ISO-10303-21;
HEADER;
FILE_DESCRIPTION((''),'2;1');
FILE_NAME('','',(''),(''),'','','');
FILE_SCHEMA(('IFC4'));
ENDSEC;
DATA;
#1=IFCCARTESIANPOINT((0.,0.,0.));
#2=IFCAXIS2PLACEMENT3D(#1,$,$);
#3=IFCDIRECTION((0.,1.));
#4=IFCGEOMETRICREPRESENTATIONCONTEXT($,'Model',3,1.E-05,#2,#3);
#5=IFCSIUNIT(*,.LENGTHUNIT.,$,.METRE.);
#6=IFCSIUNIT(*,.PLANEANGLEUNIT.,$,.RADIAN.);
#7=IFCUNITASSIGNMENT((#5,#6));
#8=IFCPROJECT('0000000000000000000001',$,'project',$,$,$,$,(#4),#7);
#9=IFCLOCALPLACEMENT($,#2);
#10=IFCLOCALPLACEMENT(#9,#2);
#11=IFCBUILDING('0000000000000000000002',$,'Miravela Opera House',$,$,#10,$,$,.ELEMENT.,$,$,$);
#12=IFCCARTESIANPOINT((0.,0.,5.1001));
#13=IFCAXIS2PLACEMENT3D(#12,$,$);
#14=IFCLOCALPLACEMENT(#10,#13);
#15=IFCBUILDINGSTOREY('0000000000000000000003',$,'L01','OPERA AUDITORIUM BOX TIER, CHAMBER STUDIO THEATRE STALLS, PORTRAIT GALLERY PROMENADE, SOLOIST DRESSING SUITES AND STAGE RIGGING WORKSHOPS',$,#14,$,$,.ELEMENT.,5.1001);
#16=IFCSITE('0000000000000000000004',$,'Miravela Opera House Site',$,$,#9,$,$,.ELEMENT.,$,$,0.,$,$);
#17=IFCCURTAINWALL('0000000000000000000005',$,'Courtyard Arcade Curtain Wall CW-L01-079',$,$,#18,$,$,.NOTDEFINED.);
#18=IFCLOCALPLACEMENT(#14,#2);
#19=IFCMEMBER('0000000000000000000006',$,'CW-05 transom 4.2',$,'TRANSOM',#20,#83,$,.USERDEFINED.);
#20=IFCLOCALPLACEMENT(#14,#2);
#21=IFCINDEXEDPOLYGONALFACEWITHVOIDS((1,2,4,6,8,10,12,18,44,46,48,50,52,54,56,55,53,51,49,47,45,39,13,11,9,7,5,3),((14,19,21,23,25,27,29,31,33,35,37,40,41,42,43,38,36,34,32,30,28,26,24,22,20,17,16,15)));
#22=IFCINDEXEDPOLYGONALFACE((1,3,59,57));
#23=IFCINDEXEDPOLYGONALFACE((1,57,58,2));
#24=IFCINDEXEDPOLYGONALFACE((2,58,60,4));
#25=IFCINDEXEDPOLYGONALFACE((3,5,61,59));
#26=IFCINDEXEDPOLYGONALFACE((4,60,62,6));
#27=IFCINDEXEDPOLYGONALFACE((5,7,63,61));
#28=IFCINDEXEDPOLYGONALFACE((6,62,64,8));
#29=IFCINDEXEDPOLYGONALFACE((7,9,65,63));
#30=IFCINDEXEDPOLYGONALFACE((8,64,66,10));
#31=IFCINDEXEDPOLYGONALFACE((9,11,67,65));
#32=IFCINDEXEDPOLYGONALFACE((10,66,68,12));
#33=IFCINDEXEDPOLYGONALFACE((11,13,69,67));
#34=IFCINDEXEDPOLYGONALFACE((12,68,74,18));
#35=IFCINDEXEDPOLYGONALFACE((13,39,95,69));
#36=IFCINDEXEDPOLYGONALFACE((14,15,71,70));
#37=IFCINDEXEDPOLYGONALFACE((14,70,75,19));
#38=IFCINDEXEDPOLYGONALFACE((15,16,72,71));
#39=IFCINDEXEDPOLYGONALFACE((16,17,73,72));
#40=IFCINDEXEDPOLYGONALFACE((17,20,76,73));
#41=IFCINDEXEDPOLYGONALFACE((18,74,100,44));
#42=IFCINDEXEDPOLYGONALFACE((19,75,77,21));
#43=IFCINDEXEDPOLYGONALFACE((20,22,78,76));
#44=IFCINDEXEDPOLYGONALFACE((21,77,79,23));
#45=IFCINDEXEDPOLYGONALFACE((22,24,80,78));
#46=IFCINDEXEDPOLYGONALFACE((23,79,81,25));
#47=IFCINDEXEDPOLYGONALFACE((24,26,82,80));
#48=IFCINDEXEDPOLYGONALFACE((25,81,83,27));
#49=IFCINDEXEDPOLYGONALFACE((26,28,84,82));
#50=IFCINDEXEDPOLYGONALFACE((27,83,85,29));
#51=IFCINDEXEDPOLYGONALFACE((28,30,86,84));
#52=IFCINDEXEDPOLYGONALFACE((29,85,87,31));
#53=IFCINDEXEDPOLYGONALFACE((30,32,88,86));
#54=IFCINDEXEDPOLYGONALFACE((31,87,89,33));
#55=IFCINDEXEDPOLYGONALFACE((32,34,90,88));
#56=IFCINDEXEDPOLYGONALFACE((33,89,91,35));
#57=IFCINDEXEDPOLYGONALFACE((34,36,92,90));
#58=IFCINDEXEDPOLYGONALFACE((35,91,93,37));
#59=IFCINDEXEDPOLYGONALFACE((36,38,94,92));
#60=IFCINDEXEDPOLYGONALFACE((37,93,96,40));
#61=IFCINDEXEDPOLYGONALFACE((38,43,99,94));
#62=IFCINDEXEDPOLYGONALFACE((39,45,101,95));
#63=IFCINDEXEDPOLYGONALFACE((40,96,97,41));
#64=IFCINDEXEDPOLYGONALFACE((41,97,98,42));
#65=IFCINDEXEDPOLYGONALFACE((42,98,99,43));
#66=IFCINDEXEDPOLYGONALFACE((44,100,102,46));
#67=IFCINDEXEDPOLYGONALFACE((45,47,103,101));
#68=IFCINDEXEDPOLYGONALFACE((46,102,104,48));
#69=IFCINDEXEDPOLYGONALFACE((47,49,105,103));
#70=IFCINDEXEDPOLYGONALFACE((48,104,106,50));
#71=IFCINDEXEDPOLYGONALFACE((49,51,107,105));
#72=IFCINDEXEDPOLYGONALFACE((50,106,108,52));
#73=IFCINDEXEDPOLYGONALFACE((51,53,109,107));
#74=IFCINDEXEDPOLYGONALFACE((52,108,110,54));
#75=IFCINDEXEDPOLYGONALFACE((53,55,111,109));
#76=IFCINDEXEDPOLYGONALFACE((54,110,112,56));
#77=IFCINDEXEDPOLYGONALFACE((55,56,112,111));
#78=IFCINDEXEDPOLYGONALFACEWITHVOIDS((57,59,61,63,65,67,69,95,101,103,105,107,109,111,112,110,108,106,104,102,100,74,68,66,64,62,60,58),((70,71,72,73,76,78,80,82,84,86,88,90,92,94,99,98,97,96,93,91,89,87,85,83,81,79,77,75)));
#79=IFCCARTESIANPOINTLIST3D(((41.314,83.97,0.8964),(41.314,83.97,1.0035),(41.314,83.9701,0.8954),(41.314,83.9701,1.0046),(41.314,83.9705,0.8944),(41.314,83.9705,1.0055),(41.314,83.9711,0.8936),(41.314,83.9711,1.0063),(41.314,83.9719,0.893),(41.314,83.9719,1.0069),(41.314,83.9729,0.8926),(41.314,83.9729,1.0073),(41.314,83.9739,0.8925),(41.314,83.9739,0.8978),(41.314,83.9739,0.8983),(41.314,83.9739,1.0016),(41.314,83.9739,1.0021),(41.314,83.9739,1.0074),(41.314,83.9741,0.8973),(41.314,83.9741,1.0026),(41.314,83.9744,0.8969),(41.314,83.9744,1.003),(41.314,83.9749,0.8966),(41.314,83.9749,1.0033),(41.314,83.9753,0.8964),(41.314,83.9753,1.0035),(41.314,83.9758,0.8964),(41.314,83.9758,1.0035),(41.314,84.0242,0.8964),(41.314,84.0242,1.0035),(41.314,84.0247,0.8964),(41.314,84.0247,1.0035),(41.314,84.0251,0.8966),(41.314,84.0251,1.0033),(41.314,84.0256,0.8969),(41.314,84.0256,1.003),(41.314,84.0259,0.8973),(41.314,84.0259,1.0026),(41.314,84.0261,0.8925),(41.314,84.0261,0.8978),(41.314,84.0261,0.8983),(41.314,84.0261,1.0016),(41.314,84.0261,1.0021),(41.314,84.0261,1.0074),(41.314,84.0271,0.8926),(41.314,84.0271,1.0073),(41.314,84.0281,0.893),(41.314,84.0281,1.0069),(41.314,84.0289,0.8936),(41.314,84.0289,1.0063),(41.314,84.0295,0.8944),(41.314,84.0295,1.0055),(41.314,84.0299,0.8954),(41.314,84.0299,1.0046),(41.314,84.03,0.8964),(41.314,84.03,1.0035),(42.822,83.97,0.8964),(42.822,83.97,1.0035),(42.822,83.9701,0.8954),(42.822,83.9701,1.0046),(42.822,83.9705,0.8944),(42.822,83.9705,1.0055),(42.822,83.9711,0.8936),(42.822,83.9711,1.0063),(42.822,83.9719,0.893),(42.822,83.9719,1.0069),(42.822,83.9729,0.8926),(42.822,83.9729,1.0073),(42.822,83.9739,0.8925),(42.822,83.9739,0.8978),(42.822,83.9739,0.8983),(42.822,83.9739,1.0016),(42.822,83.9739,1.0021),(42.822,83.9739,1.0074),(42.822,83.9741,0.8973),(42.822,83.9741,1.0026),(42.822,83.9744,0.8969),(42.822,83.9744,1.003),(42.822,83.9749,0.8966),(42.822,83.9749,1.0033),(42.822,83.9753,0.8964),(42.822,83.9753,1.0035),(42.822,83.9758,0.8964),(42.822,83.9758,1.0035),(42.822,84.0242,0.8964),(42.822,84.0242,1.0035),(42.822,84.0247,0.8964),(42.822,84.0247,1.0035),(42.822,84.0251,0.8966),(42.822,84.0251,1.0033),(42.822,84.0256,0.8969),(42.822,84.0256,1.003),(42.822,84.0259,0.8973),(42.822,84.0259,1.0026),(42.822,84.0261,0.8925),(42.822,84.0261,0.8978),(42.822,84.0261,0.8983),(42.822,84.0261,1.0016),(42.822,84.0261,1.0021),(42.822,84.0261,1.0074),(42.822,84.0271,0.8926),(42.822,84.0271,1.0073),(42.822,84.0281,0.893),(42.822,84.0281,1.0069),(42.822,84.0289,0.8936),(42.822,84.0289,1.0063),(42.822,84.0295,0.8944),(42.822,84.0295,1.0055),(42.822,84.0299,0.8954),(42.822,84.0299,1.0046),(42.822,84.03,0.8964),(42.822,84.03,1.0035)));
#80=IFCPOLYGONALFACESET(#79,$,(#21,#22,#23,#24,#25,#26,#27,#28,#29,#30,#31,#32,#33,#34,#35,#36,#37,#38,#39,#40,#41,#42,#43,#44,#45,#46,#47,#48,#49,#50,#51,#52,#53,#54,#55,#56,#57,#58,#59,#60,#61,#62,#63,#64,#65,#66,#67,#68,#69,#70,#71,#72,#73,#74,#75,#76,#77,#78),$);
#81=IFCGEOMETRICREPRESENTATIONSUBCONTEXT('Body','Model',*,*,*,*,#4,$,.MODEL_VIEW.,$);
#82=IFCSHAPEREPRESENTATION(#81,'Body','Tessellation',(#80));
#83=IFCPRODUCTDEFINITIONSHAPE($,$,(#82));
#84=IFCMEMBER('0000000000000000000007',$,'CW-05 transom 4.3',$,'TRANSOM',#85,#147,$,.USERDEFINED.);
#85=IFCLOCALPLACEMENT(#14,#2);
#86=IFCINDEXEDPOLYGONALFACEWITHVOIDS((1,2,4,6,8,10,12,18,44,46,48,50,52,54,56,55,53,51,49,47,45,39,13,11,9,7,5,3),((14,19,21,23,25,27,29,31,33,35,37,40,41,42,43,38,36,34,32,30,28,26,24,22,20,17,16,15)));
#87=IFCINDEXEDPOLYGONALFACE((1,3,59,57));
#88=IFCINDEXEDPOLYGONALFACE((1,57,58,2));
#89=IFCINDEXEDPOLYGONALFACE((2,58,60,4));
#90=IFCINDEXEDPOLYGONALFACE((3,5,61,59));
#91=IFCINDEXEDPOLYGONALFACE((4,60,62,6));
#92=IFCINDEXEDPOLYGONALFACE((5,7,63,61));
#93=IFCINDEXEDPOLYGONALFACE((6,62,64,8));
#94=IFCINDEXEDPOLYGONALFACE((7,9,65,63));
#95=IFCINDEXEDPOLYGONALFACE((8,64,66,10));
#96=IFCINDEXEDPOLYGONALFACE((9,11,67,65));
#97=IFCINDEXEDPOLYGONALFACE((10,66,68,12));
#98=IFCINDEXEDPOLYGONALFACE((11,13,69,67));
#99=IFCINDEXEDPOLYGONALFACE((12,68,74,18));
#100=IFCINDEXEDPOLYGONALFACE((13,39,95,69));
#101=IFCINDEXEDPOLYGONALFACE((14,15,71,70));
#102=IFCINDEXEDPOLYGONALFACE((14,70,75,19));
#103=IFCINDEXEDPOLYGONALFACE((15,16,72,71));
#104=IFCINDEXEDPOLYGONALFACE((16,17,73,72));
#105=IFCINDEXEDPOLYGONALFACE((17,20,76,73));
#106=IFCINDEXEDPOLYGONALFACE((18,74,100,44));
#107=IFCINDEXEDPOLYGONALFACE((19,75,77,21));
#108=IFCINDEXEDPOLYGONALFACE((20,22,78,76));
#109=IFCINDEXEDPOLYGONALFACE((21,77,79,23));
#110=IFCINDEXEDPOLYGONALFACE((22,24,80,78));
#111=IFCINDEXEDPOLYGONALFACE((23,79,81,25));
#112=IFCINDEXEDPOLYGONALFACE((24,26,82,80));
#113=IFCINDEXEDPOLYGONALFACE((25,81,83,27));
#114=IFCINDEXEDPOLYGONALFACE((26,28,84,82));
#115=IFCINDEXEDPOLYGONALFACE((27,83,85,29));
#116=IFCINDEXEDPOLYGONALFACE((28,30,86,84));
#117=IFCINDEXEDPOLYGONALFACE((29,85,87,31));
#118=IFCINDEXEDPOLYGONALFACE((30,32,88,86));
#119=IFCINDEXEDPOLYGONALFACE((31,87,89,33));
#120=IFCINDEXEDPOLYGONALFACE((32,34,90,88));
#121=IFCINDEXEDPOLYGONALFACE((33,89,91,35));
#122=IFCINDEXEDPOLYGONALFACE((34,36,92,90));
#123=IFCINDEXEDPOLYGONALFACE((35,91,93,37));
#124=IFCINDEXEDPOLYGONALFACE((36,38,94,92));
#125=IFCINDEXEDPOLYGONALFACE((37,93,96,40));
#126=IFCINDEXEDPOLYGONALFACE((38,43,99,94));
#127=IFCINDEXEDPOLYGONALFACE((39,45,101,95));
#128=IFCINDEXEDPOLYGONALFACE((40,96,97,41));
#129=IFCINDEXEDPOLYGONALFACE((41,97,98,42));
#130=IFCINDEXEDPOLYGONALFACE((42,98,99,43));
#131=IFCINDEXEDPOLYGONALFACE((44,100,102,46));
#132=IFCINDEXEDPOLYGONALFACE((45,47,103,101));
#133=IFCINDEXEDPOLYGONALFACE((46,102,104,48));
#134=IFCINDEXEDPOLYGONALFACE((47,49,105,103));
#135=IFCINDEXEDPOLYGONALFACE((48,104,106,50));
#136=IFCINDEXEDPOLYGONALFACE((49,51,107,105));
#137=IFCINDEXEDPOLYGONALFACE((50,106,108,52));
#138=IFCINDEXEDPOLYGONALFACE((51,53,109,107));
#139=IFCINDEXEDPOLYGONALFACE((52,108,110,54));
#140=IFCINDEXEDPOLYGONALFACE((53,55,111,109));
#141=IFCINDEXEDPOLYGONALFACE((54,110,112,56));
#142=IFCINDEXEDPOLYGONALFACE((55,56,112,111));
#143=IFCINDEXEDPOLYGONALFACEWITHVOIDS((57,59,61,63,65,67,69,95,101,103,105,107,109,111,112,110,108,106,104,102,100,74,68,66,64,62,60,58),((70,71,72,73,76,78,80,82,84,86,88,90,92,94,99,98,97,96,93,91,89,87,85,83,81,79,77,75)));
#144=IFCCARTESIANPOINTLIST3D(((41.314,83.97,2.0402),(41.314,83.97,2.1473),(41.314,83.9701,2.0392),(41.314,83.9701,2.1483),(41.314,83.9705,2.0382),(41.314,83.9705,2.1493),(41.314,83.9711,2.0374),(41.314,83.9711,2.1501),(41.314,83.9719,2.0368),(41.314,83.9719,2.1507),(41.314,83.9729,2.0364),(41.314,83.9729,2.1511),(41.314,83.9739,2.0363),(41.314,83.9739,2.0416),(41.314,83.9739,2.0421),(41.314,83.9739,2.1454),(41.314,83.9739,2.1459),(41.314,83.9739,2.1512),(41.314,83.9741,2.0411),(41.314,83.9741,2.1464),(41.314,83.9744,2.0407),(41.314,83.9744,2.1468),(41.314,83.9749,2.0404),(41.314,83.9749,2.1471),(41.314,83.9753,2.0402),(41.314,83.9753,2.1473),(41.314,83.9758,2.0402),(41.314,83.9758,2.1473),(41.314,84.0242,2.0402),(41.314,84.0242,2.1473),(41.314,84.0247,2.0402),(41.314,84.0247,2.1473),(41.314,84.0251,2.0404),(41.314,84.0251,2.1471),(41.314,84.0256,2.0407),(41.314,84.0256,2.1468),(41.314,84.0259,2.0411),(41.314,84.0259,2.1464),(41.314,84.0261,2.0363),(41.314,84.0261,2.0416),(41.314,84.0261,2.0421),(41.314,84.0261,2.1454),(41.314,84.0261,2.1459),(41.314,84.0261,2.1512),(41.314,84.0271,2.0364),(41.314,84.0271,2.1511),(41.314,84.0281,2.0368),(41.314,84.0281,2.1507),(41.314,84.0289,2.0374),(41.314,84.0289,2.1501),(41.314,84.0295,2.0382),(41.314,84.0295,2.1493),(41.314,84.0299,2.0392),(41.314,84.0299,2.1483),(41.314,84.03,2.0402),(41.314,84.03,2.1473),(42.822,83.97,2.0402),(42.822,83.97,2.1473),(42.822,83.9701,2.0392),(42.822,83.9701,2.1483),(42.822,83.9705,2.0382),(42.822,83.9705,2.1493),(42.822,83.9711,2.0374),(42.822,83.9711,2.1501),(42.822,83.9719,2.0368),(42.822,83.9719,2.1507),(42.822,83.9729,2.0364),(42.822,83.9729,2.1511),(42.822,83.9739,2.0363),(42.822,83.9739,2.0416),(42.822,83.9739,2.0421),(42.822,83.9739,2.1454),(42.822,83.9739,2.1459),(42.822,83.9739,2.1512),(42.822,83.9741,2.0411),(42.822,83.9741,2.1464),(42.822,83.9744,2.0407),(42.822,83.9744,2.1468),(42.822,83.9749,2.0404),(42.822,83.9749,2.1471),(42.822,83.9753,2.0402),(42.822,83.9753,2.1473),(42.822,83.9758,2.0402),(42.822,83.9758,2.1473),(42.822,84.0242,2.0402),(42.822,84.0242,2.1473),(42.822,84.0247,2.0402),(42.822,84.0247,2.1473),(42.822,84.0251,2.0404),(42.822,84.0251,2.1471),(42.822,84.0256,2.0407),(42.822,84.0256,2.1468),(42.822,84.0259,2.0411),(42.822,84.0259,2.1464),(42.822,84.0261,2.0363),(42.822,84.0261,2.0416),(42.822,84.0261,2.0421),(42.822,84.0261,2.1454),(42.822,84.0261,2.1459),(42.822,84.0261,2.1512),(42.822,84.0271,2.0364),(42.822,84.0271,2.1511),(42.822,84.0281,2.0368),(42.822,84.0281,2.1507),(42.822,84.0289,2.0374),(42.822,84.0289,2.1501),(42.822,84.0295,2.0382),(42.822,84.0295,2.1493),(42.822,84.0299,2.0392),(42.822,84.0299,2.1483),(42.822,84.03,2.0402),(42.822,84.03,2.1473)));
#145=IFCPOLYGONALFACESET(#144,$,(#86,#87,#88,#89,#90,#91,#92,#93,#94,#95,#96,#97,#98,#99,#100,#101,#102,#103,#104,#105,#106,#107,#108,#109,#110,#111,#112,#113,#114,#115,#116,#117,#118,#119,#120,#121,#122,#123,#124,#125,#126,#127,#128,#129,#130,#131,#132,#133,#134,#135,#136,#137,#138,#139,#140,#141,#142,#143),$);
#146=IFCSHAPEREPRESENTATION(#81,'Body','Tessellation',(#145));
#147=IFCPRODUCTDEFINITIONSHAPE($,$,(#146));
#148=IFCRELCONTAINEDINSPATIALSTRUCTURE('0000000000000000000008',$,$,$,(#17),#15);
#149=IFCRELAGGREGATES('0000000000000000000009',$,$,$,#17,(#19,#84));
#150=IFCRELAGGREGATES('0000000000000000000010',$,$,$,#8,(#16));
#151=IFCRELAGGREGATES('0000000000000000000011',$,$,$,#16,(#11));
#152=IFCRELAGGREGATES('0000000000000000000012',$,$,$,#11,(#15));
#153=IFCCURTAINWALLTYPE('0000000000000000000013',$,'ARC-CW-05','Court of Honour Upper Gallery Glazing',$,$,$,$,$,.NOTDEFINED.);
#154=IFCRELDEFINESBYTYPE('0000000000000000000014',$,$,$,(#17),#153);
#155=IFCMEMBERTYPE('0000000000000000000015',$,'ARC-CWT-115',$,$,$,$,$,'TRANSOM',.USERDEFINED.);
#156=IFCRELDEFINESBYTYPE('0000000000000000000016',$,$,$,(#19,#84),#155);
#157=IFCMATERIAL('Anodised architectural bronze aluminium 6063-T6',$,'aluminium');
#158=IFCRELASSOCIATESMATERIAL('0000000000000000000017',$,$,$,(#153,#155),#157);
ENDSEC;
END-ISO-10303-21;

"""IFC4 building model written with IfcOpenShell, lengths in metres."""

from ifc_helpers import new_model, si_unit, direction, frame, origin, origin_2d, place, context, subcontext, project, spatial, hollow_rectangle, extrude, material, material_profile, profile_set, type_object, element, aggregate, save


model = new_model("IFC4")

# Units and contexts
model_context = context("Model", 3, precision=1e-05, world=origin(), true_north=direction((0.0, 1.0)))
body_context = subcontext(model_context, "Body", "Model", "MODEL_VIEW")
ifc_project = project(units=[si_unit("LENGTHUNIT", "METRE"), si_unit("PLANEANGLEUNIT", "RADIAN")], contexts=[model_context])

# Site, building, storey
site_placement = place(None, origin())
site = spatial("IfcSite", under=ifc_project, at=site_placement, Name="Miravela Opera House Site", CompositionType="ELEMENT", RefElevation=0.0)
building_placement = place(site_placement, origin())
building = spatial("IfcBuilding", under=site, at=building_placement, Name="Miravela Opera House", CompositionType="ELEMENT")
storey_placement = place(building_placement, frame((0.0, 0.0, 5.1001)))
storey = spatial("IfcBuildingStorey", under=building, at=storey_placement, Name="L01", Description="OPERA AUDITORIUM BOX TIER, CHAMBER STUDIO THEATRE STALLS, PORTRAIT GALLERY PROMENADE, SOLOIST DRESSING SUITES AND STAGE RIGGING WORKSHOPS", CompositionType="ELEMENT", Elevation=5.1001)

# Curtain wall, members
ifc_material_1 = material(Name="Anodised architectural bronze aluminium 6063-T6", Category="aluminium")
curtain_wall_type = type_object("IfcCurtainWallType", Name="ARC-CW-05", Description="Court of Honour Upper Gallery Glazing", PredefinedType="NOTDEFINED", material=ifc_material_1)
curtain_wall_placement = place(storey_placement, origin())
curtain_wall = element("IfcCurtainWall", 1, at=curtain_wall_placement, inside=storey, type_object=curtain_wall_type, Name="Courtyard Arcade Curtain Wall CW-L01-079", PredefinedType="NOTDEFINED")
ifc_material_profile_1 = material_profile(ifc_material_1, hollow_rectangle(XDim=0.0601, YDim=0.115, WallThickness=0.0039, InnerFilletRadius=0.002, OuterFilletRadius=0.0039, at=origin_2d()), Name="CWT-60X115")
ifc_profile_set_1 = profile_set([ifc_material_profile_1])
member_type_1 = type_object("IfcMemberType", Name="ARC-CWT-115", ElementType="TRANSOM", PredefinedType="USERDEFINED", material=ifc_profile_set_1)
member_1_placement = place(storey_placement, frame((41.314, 84.0, 0.95), z_axis=(1.0, 0.0, 0.0), x_axis=(0.0, 1.0, 0.0)))
member_1 = element("IfcMember", 2, at=member_1_placement, type_object=member_type_1, Name="CW-05 transom 4.2", ObjectType="TRANSOM", PredefinedType="USERDEFINED", context=body_context, shape_type="SweptSolid", body=[
    extrude(hollow_rectangle(XDim=0.0601, YDim=0.115, WallThickness=0.0039, InnerFilletRadius=0.002, OuterFilletRadius=0.0039, at=origin_2d()), origin(), (0.0, 0.0, 1.0), 1.5081),
])
member_2_placement = place(storey_placement, frame((41.314, 84.0, 2.0938), z_axis=(1.0, 0.0, 0.0), x_axis=(0.0, 1.0, 0.0)))
member_2 = element("IfcMember", 3, at=member_2_placement, type_object=member_type_1, Name="CW-05 transom 4.3", ObjectType="TRANSOM", PredefinedType="USERDEFINED", context=body_context, shape_type="SweptSolid", body=[
    extrude(hollow_rectangle(XDim=0.0601, YDim=0.115, WallThickness=0.0039, InnerFilletRadius=0.002, OuterFilletRadius=0.0039, at=origin_2d()), origin(), (0.0, 0.0, 1.0), 1.5081),
])
aggregate(curtain_wall, [member_1, member_2])

save(model, "model.ifc")
